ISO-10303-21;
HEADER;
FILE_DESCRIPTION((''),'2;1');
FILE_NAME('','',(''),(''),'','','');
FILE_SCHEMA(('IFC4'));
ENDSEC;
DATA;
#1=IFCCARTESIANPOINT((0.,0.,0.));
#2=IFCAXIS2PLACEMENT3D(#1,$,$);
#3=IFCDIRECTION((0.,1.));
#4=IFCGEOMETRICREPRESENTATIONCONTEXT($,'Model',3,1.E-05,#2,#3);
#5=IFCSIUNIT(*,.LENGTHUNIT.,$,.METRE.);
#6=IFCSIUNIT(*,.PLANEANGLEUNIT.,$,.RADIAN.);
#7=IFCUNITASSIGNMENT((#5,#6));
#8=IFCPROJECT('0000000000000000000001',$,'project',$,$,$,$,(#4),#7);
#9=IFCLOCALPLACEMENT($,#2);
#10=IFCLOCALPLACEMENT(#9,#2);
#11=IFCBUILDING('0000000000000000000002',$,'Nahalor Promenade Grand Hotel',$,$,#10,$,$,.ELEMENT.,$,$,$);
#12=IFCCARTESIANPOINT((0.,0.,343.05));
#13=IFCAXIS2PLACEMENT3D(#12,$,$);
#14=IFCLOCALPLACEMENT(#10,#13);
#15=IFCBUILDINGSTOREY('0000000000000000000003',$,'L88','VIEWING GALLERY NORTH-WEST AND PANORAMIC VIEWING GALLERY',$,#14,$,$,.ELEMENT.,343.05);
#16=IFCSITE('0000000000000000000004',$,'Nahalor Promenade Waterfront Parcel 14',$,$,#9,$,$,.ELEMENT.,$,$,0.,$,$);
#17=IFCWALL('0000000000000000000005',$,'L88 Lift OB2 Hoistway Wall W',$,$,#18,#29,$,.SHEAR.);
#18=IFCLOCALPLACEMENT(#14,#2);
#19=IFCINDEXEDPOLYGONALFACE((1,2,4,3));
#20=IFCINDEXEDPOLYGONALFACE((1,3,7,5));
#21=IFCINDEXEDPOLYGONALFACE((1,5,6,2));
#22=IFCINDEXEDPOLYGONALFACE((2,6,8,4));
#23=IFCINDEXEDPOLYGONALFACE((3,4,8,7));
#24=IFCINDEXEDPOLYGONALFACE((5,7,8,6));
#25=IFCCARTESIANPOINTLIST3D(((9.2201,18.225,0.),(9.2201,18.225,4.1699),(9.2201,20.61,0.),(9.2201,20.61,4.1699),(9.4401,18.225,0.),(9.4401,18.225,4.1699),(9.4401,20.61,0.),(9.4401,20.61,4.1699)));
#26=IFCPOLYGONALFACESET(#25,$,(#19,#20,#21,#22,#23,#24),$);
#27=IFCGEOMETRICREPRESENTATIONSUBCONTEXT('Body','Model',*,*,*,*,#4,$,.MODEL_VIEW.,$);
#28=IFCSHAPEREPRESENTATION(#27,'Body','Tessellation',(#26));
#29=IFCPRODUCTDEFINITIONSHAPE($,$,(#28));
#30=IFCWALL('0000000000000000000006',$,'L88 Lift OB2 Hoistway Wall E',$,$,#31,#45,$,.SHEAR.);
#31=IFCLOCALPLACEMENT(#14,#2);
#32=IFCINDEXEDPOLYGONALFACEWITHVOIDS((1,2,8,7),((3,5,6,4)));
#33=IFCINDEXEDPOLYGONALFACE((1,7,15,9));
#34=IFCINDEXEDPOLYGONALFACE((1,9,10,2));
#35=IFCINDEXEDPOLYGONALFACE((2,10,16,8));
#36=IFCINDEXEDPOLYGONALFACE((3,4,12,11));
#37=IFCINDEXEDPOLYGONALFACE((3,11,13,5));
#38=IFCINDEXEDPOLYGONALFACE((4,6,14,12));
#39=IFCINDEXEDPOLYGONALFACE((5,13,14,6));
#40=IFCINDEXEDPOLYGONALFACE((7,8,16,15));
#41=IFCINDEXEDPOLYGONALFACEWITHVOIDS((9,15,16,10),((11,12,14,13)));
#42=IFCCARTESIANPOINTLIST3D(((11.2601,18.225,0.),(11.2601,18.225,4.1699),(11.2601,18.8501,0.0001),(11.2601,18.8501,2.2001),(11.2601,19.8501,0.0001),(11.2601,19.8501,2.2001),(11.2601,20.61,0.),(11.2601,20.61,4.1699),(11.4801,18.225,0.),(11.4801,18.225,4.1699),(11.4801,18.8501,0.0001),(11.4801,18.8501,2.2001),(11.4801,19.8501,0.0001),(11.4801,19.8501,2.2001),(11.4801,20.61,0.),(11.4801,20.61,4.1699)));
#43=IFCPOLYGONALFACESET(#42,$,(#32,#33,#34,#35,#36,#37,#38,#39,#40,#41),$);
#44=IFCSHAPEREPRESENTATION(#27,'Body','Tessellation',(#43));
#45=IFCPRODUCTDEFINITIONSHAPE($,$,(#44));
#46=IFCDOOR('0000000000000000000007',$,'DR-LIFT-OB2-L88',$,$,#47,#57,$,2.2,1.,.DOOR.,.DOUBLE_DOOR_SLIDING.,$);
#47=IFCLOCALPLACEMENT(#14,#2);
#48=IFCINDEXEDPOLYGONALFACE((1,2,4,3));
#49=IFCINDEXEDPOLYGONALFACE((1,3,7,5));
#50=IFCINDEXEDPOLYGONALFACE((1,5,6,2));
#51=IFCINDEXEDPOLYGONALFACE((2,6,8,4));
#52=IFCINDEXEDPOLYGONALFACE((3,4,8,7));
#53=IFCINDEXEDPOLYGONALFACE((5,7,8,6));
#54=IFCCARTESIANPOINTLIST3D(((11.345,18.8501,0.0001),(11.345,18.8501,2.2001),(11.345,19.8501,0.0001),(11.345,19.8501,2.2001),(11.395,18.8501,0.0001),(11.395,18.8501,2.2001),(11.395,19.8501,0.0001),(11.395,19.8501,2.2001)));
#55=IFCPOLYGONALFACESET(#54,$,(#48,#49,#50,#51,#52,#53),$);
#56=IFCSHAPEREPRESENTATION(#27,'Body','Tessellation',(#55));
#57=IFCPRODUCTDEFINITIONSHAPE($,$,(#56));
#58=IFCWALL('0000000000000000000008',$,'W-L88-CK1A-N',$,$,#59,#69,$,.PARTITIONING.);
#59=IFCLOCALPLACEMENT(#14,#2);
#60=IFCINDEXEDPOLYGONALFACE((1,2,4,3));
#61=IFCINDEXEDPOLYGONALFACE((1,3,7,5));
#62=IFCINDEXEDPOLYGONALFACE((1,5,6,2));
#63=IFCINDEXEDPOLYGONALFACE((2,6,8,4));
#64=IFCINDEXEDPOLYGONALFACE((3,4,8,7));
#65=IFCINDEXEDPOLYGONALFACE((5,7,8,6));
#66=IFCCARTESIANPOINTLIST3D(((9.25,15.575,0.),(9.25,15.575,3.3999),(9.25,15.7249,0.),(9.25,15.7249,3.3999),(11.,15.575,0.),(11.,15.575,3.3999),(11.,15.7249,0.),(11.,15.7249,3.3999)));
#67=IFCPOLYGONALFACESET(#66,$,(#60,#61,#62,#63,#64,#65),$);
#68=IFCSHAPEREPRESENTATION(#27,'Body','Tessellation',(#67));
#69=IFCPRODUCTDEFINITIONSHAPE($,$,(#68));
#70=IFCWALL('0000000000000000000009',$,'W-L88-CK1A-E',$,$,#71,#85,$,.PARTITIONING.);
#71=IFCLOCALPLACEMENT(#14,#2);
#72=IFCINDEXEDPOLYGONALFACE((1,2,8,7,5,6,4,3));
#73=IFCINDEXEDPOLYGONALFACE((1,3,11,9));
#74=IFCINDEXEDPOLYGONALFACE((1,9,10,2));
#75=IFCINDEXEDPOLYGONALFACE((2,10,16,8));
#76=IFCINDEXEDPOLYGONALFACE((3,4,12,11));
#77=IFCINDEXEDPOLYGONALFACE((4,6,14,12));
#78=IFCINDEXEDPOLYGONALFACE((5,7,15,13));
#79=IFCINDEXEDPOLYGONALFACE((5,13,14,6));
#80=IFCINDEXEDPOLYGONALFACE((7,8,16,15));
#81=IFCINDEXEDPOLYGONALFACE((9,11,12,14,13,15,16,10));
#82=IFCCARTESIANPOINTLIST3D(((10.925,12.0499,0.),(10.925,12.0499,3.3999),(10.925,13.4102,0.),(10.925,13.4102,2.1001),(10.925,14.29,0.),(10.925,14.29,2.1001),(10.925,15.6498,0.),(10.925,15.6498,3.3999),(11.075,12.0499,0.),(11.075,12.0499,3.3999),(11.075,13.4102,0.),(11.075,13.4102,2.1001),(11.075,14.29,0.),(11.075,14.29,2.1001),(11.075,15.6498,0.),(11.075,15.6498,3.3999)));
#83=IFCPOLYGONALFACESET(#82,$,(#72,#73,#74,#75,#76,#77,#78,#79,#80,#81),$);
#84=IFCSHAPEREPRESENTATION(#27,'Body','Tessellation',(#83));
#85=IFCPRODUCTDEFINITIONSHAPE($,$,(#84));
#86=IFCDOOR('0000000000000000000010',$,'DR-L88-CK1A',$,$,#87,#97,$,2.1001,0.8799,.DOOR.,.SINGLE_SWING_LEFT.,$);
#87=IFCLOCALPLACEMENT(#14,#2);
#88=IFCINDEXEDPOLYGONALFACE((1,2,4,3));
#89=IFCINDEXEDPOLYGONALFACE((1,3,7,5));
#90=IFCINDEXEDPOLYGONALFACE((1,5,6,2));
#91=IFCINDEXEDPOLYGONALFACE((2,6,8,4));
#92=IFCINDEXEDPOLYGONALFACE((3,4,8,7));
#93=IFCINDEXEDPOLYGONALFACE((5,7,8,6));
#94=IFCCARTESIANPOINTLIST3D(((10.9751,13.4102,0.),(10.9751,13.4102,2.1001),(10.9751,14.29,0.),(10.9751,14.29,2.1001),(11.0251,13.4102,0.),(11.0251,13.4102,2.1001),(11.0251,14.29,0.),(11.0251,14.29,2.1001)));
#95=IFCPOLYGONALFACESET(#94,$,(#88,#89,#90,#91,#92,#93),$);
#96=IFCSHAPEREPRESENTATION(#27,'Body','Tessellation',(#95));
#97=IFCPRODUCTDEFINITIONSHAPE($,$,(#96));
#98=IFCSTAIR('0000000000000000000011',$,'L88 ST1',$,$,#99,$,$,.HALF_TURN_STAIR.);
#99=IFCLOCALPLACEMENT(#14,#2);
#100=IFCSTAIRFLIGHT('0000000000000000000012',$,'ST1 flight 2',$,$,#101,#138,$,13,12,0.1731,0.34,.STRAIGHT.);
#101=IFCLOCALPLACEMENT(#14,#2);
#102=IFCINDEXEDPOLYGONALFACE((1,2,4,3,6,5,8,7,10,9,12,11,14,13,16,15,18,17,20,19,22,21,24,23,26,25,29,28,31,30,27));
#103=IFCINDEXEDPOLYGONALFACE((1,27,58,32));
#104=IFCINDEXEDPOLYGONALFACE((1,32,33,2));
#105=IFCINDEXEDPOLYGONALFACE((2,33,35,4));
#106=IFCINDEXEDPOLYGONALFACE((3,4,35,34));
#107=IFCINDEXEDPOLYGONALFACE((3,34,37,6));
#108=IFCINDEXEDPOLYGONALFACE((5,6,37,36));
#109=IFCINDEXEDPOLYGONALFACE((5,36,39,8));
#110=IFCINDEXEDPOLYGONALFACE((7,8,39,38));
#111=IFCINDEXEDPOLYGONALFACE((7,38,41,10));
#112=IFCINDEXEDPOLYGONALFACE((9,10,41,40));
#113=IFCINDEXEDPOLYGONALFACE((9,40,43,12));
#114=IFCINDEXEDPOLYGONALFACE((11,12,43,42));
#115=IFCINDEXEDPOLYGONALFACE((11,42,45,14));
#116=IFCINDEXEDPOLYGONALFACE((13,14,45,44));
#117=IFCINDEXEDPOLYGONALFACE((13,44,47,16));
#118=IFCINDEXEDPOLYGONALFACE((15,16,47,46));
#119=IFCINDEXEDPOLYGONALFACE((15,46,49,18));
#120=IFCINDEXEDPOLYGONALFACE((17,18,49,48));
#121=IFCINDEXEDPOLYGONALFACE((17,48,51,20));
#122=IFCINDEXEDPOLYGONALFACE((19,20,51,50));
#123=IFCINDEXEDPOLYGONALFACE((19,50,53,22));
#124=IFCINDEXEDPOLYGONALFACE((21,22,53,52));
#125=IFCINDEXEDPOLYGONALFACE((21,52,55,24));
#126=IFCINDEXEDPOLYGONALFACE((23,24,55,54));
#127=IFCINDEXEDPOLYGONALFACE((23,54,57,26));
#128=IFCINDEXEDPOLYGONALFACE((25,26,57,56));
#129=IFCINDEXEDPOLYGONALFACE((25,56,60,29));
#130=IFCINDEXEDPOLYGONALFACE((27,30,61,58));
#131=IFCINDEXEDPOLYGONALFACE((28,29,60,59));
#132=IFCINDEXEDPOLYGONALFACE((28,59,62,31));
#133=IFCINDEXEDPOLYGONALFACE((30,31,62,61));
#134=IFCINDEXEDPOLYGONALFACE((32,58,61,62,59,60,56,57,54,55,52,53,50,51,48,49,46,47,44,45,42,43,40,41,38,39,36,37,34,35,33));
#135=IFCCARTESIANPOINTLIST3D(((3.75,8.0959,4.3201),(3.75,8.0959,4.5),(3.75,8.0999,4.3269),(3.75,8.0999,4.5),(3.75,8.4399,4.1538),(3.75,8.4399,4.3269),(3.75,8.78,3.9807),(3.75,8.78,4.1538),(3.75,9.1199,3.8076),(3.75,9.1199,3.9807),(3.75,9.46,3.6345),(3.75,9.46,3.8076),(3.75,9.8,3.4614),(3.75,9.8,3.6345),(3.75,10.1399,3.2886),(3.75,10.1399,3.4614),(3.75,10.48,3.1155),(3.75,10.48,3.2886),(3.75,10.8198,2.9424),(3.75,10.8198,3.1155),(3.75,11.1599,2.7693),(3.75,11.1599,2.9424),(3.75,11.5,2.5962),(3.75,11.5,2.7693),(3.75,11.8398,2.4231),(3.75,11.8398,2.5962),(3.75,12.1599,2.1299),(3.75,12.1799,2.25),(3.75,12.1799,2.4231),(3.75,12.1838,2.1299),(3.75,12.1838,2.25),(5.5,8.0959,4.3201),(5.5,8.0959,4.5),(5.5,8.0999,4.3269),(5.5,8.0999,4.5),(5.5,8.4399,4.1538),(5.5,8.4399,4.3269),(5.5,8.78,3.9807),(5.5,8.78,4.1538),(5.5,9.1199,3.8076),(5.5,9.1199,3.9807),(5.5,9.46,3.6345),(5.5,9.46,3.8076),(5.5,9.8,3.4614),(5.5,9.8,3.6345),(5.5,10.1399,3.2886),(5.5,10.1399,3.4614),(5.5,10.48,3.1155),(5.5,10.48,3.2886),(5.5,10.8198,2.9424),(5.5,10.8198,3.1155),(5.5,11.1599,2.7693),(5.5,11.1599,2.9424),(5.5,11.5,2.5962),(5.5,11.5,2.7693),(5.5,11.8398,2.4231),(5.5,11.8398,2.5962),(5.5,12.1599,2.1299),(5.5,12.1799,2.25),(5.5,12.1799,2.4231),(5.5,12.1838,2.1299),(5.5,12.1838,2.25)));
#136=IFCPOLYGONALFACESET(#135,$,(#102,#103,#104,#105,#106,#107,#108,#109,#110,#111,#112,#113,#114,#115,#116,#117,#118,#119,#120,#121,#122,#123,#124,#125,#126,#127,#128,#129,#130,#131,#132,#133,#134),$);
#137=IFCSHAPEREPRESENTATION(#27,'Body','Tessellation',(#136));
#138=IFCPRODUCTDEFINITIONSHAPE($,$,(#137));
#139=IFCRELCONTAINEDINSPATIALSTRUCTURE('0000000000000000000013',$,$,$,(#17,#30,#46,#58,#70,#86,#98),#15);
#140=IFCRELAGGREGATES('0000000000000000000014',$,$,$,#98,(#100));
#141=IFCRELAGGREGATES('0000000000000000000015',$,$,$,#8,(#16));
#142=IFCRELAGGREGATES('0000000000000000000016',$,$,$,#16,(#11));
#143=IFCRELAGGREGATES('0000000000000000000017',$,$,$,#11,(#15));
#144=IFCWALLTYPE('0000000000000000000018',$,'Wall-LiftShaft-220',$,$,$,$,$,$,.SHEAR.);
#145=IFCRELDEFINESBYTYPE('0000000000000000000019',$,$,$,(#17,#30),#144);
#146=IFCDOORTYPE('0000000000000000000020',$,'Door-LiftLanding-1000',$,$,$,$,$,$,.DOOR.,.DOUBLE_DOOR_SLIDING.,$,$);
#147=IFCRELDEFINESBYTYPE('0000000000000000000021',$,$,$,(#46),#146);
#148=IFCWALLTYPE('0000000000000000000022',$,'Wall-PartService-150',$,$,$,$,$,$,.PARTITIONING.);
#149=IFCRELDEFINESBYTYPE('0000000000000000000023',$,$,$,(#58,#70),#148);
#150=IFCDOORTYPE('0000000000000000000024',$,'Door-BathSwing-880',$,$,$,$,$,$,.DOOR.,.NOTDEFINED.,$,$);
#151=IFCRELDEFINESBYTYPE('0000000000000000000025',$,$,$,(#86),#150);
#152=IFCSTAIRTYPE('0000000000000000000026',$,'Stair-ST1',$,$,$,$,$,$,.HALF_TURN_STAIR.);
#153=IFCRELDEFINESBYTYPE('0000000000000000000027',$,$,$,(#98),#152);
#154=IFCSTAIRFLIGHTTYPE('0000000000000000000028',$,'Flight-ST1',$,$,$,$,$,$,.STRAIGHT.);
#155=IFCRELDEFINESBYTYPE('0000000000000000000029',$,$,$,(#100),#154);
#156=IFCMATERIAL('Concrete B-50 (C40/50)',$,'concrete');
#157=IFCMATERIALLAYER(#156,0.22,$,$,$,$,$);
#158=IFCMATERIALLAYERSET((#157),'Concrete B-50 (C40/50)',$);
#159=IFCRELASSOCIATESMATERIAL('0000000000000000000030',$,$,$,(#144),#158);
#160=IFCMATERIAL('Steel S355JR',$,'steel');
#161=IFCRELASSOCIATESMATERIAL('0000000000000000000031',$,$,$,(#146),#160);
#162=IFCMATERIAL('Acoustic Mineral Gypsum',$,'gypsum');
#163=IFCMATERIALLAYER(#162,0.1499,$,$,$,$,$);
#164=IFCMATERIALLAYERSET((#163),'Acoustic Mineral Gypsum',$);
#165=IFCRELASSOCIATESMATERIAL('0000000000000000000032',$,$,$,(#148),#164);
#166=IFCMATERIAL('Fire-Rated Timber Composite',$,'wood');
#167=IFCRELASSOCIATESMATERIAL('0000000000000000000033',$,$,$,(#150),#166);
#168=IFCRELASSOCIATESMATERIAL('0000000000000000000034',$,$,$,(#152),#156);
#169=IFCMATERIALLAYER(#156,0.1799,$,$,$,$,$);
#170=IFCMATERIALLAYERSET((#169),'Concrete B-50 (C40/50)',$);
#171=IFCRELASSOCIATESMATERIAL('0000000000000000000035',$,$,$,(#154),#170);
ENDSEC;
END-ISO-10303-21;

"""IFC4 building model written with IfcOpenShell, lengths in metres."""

from ifc_helpers import new_model, si_unit, direction, frame, frame_2d, origin, place, context, subcontext, project, spatial, polyline, rectangle, outline, extrude, source, transform, mapped, material, layer, layer_set, type_object, element, fill, aggregate, save


model = new_model("IFC4")

# Units and contexts
model_context = context("Model", 3, precision=1e-05, world=origin(), true_north=direction((0.0, 1.0)))
body_context = subcontext(model_context, "Body", "Model", "MODEL_VIEW")
ifc_project = project(units=[si_unit("LENGTHUNIT", "METRE"), si_unit("PLANEANGLEUNIT", "RADIAN")], contexts=[model_context])

# Site, building, storey
site_placement = place(None, origin())
site = spatial("IfcSite", under=ifc_project, at=site_placement, Name="Nahalor Promenade Waterfront Parcel 14", CompositionType="ELEMENT", RefElevation=0.0)
building_placement = place(site_placement, origin())
building = spatial("IfcBuilding", under=site, at=building_placement, Name="Nahalor Promenade Grand Hotel", CompositionType="ELEMENT")
storey_placement = place(building_placement, frame((0.0, 0.0, 343.05)))
storey = spatial("IfcBuildingStorey", under=building, at=storey_placement, Name="L88", Description="VIEWING GALLERY NORTH-WEST AND PANORAMIC VIEWING GALLERY", CompositionType="ELEMENT", Elevation=343.05)

# Shared definitions
ifc_material_1 = material(Name="Concrete B-50 (C40/50)", Category="concrete")
ifc_material_2 = material(Name="Steel S355JR", Category="steel")

# Shared definitions
ifc_layer_1 = layer(ifc_material_1, 0.22)
ifc_layer_set_1 = layer_set([ifc_layer_1], Name="Concrete B-50 (C40/50)")
wall_type_1 = type_object("IfcWallType", Name="Wall-LiftShaft-220", PredefinedType="SHEAR", material=ifc_layer_set_1)
shared_shape_1 = source(origin(), body_context, "Body", "SweptSolid", [
    extrude(rectangle(XDim=2.385, YDim=0.22, at=frame_2d((1.1924, 0.0))), origin(), (0.0, 0.0, 1.0), 4.1699),
])

# Shared definitions
door_type_1 = type_object("IfcDoorType", Name="Door-LiftLanding-1000", OperationType="DOUBLE_DOOR_SLIDING", PredefinedType="DOOR", material=ifc_material_2)
shared_shape_2 = source(origin(), body_context, "Body", "SweptSolid", [
    extrude(rectangle(XDim=1.0, YDim=2.2, at=frame_2d((0.5, 1.1001))), frame((0.0, 0.0249, 0.0), z_axis=(0.0, -1.0, 0.0), x_axis=(1.0, 0.0, 0.0)), (0.0, 0.0, 1.0), 0.05),
])

# Wall
wall_1_placement = place(storey_placement, frame((9.3301, 18.2251, 0.0), z_axis=(0.0, 0.0, 1.0), x_axis=(0.0, 1.0, 0.0)))
element("IfcWall", 1, at=wall_1_placement, inside=storey, type_object=wall_type_1, Name="L88 Lift OB2 Hoistway Wall W", PredefinedType="SHEAR", context=body_context, shape_type="MappedRepresentation", body=[
    mapped(shared_shape_1, transform((0.0, 0.0, 0.0), scale=1.0)),
])

# Wall, opening, door
wall_2_placement = place(storey_placement, frame((11.3701, 18.2251, 0.0), z_axis=(0.0, 0.0, 1.0), x_axis=(0.0, 1.0, 0.0)))
wall_2 = element("IfcWall", 2, at=wall_2_placement, inside=storey, type_object=wall_type_1, Name="L88 Lift OB2 Hoistway Wall E", PredefinedType="SHEAR", context=body_context, shape_type="MappedRepresentation", body=[
    mapped(shared_shape_1, transform((0.0, 0.0, 0.0), scale=1.0)),
])
opening_1_placement = place(wall_2_placement, frame((0.625, 0.0, 0.0)))
opening_1 = element("IfcOpeningElement", 3, at=opening_1_placement, cuts=wall_2, PredefinedType="OPENING", context=body_context, shape_type="SweptSolid", body=[
    extrude(rectangle(XDim=1.0, YDim=2.2, at=frame_2d((0.5, 1.1001))), frame((0.0, 0.1199, 0.0), z_axis=(0.0, -1.0, 0.0), x_axis=(1.0, 0.0, 0.0)), (0.0, 0.0, 1.0), 0.24),
])
door_1_placement = place(opening_1_placement, frame((1.0, 0.0, 0.0), z_axis=(0.0, 0.0, 1.0), x_axis=(-1.0, 0.0, 0.0)))
door_1 = element("IfcDoor", 4, at=door_1_placement, inside=storey, type_object=door_type_1, Name="DR-LIFT-OB2-L88", OperationType="DOUBLE_DOOR_SLIDING", OverallHeight=2.2, OverallWidth=1.0, PredefinedType="DOOR", context=body_context, shape_type="MappedRepresentation", body=[
    mapped(shared_shape_2, transform((0.0, 0.0, 0.0), scale=1.0)),
])
fill(opening_1, door_1)

# Wall
ifc_material_3 = material(Name="Acoustic Mineral Gypsum", Category="gypsum")
ifc_layer_2 = layer(ifc_material_3, 0.1499)
ifc_layer_set_2 = layer_set([ifc_layer_2], Name="Acoustic Mineral Gypsum")
wall_type_2 = type_object("IfcWallType", Name="Wall-PartService-150", PredefinedType="PARTITIONING", material=ifc_layer_set_2)
shared_shape_3 = source(origin(), body_context, "Body", "SweptSolid", [
    extrude(rectangle(XDim=1.75, YDim=0.1499, at=frame_2d((0.875, 0.0))), origin(), (0.0, 0.0, 1.0), 3.3999),
])
wall_3_placement = place(storey_placement, frame((9.25, 15.6499, 0.0), z_axis=(0.0, 0.0, 1.0), x_axis=(1.0, 0.0, 0.0)))
element("IfcWall", 5, at=wall_3_placement, inside=storey, type_object=wall_type_2, Name="W-L88-CK1A-N", PredefinedType="PARTITIONING", context=body_context, shape_type="MappedRepresentation", body=[
    mapped(shared_shape_3, transform((0.0, 0.0, 0.0), scale=1.0)),
])

# Wall, opening, door
shared_shape_4 = source(origin(), body_context, "Body", "SweptSolid", [
    extrude(rectangle(XDim=3.5999, YDim=0.1499, at=frame_2d((1.7998, 0.0))), origin(), (0.0, 0.0, 1.0), 3.3999),
])
wall_4_placement = place(storey_placement, frame((11.0, 12.05, 0.0), z_axis=(0.0, 0.0, 1.0), x_axis=(0.0, 1.0, 0.0)))
wall_4 = element("IfcWall", 6, at=wall_4_placement, inside=storey, type_object=wall_type_2, Name="W-L88-CK1A-E", PredefinedType="PARTITIONING", context=body_context, shape_type="MappedRepresentation", body=[
    mapped(shared_shape_4, transform((0.0, 0.0, 0.0), scale=1.0)),
])
opening_2_placement = place(wall_4_placement, frame((1.3601, 0.0, 0.0)))
opening_2 = element("IfcOpeningElement", 7, at=opening_2_placement, cuts=wall_4, PredefinedType="OPENING", context=body_context, shape_type="SweptSolid", body=[
    extrude(rectangle(XDim=0.8799, YDim=2.1001, at=frame_2d((0.4399, 1.05))), frame((0.0, 0.085, 0.0), z_axis=(0.0, -1.0, 0.0), x_axis=(1.0, 0.0, 0.0)), (0.0, 0.0, 1.0), 0.1699),
])
ifc_material_4 = material(Name="Fire-Rated Timber Composite", Category="wood")
door_type_2 = type_object("IfcDoorType", Name="Door-BathSwing-880", OperationType="NOTDEFINED", PredefinedType="DOOR", material=ifc_material_4)
shared_shape_5 = source(origin(), body_context, "Body", "SweptSolid", [
    extrude(rectangle(XDim=0.8799, YDim=2.1001, at=frame_2d((0.4399, 1.05))), frame((0.0, 0.0249, 0.0), z_axis=(0.0, -1.0, 0.0), x_axis=(1.0, 0.0, 0.0)), (0.0, 0.0, 1.0), 0.05),
])
door_2_placement = place(opening_2_placement, origin())
door_2 = element("IfcDoor", 8, at=door_2_placement, inside=storey, type_object=door_type_2, Name="DR-L88-CK1A", OperationType="SINGLE_SWING_LEFT", OverallHeight=2.1001, OverallWidth=0.8799, PredefinedType="DOOR", context=body_context, shape_type="MappedRepresentation", body=[
    mapped(shared_shape_5, transform((0.0, 0.0, 0.0), scale=1.0)),
])
fill(opening_2, door_2)

# Stair, stair flight
stair_type = type_object("IfcStairType", Name="Stair-ST1", PredefinedType="HALF_TURN_STAIR", material=ifc_material_1)
stair_placement = place(storey_placement, origin())
stair = element("IfcStair", 9, at=stair_placement, inside=storey, type_object=stair_type, Name="L88 ST1", PredefinedType="HALF_TURN_STAIR")
ifc_layer_3 = layer(ifc_material_1, 0.1799)
ifc_layer_set_3 = layer_set([ifc_layer_3], Name="Concrete B-50 (C40/50)")
stair_flight_type = type_object("IfcStairFlightType", Name="Flight-ST1", PredefinedType="STRAIGHT", material=ifc_layer_set_3)
shared_shape_6 = source(origin(), body_context, "Body", "SweptSolid", [
    extrude(outline(polyline([(-0.0039, -0.1201), (-0.0039, 0.0), (0.0, 0.0), (0.0, 0.1731), (0.3401, 0.1731), (0.3401, 0.3462), (0.6799, 0.3462), (0.6799, 0.5193), (1.02, 0.5193), (1.02, 0.6924), (1.3601, 0.6924), (1.3601, 0.8655), (1.7, 0.8655), (1.7, 1.0386), (2.04, 1.0386), (2.04, 1.2114), (2.3799, 1.2114), (2.3799, 1.3845), (2.72, 1.3845), (2.72, 1.5576), (3.0601, 1.5576), (3.0601, 1.7307), (3.3999, 1.7307), (3.3999, 1.9038), (3.74, 1.9038), (3.74, 2.0769), (4.0801, 2.0769), (4.0801, 2.25), (4.084, 2.25), (4.084, 2.0701), (0.02, -0.1201), (-0.0039, -0.1201)])), frame((0.0, 0.875, 0.0), z_axis=(0.0, -1.0, 0.0), x_axis=(1.0, 0.0, 0.0)), (0.0, 0.0, 1.0), 1.75),
])
stair_flight_placement = place(storey_placement, frame((4.625, 12.1799, 2.25), z_axis=(0.0, 0.0, 1.0), x_axis=(0.0, -1.0, 0.0)))
stair_flight = element("IfcStairFlight", 10, at=stair_flight_placement, type_object=stair_flight_type, Name="ST1 flight 2", NumberOfRisers=13, NumberOfTreads=12, PredefinedType="STRAIGHT", RiserHeight=0.1731, TreadLength=0.34, context=body_context, shape_type="MappedRepresentation", body=[
    mapped(shared_shape_6, transform((0.0, 0.0, 0.0), scale=1.0)),
])
aggregate(stair, [stair_flight])

save(model, "model.ifc")
